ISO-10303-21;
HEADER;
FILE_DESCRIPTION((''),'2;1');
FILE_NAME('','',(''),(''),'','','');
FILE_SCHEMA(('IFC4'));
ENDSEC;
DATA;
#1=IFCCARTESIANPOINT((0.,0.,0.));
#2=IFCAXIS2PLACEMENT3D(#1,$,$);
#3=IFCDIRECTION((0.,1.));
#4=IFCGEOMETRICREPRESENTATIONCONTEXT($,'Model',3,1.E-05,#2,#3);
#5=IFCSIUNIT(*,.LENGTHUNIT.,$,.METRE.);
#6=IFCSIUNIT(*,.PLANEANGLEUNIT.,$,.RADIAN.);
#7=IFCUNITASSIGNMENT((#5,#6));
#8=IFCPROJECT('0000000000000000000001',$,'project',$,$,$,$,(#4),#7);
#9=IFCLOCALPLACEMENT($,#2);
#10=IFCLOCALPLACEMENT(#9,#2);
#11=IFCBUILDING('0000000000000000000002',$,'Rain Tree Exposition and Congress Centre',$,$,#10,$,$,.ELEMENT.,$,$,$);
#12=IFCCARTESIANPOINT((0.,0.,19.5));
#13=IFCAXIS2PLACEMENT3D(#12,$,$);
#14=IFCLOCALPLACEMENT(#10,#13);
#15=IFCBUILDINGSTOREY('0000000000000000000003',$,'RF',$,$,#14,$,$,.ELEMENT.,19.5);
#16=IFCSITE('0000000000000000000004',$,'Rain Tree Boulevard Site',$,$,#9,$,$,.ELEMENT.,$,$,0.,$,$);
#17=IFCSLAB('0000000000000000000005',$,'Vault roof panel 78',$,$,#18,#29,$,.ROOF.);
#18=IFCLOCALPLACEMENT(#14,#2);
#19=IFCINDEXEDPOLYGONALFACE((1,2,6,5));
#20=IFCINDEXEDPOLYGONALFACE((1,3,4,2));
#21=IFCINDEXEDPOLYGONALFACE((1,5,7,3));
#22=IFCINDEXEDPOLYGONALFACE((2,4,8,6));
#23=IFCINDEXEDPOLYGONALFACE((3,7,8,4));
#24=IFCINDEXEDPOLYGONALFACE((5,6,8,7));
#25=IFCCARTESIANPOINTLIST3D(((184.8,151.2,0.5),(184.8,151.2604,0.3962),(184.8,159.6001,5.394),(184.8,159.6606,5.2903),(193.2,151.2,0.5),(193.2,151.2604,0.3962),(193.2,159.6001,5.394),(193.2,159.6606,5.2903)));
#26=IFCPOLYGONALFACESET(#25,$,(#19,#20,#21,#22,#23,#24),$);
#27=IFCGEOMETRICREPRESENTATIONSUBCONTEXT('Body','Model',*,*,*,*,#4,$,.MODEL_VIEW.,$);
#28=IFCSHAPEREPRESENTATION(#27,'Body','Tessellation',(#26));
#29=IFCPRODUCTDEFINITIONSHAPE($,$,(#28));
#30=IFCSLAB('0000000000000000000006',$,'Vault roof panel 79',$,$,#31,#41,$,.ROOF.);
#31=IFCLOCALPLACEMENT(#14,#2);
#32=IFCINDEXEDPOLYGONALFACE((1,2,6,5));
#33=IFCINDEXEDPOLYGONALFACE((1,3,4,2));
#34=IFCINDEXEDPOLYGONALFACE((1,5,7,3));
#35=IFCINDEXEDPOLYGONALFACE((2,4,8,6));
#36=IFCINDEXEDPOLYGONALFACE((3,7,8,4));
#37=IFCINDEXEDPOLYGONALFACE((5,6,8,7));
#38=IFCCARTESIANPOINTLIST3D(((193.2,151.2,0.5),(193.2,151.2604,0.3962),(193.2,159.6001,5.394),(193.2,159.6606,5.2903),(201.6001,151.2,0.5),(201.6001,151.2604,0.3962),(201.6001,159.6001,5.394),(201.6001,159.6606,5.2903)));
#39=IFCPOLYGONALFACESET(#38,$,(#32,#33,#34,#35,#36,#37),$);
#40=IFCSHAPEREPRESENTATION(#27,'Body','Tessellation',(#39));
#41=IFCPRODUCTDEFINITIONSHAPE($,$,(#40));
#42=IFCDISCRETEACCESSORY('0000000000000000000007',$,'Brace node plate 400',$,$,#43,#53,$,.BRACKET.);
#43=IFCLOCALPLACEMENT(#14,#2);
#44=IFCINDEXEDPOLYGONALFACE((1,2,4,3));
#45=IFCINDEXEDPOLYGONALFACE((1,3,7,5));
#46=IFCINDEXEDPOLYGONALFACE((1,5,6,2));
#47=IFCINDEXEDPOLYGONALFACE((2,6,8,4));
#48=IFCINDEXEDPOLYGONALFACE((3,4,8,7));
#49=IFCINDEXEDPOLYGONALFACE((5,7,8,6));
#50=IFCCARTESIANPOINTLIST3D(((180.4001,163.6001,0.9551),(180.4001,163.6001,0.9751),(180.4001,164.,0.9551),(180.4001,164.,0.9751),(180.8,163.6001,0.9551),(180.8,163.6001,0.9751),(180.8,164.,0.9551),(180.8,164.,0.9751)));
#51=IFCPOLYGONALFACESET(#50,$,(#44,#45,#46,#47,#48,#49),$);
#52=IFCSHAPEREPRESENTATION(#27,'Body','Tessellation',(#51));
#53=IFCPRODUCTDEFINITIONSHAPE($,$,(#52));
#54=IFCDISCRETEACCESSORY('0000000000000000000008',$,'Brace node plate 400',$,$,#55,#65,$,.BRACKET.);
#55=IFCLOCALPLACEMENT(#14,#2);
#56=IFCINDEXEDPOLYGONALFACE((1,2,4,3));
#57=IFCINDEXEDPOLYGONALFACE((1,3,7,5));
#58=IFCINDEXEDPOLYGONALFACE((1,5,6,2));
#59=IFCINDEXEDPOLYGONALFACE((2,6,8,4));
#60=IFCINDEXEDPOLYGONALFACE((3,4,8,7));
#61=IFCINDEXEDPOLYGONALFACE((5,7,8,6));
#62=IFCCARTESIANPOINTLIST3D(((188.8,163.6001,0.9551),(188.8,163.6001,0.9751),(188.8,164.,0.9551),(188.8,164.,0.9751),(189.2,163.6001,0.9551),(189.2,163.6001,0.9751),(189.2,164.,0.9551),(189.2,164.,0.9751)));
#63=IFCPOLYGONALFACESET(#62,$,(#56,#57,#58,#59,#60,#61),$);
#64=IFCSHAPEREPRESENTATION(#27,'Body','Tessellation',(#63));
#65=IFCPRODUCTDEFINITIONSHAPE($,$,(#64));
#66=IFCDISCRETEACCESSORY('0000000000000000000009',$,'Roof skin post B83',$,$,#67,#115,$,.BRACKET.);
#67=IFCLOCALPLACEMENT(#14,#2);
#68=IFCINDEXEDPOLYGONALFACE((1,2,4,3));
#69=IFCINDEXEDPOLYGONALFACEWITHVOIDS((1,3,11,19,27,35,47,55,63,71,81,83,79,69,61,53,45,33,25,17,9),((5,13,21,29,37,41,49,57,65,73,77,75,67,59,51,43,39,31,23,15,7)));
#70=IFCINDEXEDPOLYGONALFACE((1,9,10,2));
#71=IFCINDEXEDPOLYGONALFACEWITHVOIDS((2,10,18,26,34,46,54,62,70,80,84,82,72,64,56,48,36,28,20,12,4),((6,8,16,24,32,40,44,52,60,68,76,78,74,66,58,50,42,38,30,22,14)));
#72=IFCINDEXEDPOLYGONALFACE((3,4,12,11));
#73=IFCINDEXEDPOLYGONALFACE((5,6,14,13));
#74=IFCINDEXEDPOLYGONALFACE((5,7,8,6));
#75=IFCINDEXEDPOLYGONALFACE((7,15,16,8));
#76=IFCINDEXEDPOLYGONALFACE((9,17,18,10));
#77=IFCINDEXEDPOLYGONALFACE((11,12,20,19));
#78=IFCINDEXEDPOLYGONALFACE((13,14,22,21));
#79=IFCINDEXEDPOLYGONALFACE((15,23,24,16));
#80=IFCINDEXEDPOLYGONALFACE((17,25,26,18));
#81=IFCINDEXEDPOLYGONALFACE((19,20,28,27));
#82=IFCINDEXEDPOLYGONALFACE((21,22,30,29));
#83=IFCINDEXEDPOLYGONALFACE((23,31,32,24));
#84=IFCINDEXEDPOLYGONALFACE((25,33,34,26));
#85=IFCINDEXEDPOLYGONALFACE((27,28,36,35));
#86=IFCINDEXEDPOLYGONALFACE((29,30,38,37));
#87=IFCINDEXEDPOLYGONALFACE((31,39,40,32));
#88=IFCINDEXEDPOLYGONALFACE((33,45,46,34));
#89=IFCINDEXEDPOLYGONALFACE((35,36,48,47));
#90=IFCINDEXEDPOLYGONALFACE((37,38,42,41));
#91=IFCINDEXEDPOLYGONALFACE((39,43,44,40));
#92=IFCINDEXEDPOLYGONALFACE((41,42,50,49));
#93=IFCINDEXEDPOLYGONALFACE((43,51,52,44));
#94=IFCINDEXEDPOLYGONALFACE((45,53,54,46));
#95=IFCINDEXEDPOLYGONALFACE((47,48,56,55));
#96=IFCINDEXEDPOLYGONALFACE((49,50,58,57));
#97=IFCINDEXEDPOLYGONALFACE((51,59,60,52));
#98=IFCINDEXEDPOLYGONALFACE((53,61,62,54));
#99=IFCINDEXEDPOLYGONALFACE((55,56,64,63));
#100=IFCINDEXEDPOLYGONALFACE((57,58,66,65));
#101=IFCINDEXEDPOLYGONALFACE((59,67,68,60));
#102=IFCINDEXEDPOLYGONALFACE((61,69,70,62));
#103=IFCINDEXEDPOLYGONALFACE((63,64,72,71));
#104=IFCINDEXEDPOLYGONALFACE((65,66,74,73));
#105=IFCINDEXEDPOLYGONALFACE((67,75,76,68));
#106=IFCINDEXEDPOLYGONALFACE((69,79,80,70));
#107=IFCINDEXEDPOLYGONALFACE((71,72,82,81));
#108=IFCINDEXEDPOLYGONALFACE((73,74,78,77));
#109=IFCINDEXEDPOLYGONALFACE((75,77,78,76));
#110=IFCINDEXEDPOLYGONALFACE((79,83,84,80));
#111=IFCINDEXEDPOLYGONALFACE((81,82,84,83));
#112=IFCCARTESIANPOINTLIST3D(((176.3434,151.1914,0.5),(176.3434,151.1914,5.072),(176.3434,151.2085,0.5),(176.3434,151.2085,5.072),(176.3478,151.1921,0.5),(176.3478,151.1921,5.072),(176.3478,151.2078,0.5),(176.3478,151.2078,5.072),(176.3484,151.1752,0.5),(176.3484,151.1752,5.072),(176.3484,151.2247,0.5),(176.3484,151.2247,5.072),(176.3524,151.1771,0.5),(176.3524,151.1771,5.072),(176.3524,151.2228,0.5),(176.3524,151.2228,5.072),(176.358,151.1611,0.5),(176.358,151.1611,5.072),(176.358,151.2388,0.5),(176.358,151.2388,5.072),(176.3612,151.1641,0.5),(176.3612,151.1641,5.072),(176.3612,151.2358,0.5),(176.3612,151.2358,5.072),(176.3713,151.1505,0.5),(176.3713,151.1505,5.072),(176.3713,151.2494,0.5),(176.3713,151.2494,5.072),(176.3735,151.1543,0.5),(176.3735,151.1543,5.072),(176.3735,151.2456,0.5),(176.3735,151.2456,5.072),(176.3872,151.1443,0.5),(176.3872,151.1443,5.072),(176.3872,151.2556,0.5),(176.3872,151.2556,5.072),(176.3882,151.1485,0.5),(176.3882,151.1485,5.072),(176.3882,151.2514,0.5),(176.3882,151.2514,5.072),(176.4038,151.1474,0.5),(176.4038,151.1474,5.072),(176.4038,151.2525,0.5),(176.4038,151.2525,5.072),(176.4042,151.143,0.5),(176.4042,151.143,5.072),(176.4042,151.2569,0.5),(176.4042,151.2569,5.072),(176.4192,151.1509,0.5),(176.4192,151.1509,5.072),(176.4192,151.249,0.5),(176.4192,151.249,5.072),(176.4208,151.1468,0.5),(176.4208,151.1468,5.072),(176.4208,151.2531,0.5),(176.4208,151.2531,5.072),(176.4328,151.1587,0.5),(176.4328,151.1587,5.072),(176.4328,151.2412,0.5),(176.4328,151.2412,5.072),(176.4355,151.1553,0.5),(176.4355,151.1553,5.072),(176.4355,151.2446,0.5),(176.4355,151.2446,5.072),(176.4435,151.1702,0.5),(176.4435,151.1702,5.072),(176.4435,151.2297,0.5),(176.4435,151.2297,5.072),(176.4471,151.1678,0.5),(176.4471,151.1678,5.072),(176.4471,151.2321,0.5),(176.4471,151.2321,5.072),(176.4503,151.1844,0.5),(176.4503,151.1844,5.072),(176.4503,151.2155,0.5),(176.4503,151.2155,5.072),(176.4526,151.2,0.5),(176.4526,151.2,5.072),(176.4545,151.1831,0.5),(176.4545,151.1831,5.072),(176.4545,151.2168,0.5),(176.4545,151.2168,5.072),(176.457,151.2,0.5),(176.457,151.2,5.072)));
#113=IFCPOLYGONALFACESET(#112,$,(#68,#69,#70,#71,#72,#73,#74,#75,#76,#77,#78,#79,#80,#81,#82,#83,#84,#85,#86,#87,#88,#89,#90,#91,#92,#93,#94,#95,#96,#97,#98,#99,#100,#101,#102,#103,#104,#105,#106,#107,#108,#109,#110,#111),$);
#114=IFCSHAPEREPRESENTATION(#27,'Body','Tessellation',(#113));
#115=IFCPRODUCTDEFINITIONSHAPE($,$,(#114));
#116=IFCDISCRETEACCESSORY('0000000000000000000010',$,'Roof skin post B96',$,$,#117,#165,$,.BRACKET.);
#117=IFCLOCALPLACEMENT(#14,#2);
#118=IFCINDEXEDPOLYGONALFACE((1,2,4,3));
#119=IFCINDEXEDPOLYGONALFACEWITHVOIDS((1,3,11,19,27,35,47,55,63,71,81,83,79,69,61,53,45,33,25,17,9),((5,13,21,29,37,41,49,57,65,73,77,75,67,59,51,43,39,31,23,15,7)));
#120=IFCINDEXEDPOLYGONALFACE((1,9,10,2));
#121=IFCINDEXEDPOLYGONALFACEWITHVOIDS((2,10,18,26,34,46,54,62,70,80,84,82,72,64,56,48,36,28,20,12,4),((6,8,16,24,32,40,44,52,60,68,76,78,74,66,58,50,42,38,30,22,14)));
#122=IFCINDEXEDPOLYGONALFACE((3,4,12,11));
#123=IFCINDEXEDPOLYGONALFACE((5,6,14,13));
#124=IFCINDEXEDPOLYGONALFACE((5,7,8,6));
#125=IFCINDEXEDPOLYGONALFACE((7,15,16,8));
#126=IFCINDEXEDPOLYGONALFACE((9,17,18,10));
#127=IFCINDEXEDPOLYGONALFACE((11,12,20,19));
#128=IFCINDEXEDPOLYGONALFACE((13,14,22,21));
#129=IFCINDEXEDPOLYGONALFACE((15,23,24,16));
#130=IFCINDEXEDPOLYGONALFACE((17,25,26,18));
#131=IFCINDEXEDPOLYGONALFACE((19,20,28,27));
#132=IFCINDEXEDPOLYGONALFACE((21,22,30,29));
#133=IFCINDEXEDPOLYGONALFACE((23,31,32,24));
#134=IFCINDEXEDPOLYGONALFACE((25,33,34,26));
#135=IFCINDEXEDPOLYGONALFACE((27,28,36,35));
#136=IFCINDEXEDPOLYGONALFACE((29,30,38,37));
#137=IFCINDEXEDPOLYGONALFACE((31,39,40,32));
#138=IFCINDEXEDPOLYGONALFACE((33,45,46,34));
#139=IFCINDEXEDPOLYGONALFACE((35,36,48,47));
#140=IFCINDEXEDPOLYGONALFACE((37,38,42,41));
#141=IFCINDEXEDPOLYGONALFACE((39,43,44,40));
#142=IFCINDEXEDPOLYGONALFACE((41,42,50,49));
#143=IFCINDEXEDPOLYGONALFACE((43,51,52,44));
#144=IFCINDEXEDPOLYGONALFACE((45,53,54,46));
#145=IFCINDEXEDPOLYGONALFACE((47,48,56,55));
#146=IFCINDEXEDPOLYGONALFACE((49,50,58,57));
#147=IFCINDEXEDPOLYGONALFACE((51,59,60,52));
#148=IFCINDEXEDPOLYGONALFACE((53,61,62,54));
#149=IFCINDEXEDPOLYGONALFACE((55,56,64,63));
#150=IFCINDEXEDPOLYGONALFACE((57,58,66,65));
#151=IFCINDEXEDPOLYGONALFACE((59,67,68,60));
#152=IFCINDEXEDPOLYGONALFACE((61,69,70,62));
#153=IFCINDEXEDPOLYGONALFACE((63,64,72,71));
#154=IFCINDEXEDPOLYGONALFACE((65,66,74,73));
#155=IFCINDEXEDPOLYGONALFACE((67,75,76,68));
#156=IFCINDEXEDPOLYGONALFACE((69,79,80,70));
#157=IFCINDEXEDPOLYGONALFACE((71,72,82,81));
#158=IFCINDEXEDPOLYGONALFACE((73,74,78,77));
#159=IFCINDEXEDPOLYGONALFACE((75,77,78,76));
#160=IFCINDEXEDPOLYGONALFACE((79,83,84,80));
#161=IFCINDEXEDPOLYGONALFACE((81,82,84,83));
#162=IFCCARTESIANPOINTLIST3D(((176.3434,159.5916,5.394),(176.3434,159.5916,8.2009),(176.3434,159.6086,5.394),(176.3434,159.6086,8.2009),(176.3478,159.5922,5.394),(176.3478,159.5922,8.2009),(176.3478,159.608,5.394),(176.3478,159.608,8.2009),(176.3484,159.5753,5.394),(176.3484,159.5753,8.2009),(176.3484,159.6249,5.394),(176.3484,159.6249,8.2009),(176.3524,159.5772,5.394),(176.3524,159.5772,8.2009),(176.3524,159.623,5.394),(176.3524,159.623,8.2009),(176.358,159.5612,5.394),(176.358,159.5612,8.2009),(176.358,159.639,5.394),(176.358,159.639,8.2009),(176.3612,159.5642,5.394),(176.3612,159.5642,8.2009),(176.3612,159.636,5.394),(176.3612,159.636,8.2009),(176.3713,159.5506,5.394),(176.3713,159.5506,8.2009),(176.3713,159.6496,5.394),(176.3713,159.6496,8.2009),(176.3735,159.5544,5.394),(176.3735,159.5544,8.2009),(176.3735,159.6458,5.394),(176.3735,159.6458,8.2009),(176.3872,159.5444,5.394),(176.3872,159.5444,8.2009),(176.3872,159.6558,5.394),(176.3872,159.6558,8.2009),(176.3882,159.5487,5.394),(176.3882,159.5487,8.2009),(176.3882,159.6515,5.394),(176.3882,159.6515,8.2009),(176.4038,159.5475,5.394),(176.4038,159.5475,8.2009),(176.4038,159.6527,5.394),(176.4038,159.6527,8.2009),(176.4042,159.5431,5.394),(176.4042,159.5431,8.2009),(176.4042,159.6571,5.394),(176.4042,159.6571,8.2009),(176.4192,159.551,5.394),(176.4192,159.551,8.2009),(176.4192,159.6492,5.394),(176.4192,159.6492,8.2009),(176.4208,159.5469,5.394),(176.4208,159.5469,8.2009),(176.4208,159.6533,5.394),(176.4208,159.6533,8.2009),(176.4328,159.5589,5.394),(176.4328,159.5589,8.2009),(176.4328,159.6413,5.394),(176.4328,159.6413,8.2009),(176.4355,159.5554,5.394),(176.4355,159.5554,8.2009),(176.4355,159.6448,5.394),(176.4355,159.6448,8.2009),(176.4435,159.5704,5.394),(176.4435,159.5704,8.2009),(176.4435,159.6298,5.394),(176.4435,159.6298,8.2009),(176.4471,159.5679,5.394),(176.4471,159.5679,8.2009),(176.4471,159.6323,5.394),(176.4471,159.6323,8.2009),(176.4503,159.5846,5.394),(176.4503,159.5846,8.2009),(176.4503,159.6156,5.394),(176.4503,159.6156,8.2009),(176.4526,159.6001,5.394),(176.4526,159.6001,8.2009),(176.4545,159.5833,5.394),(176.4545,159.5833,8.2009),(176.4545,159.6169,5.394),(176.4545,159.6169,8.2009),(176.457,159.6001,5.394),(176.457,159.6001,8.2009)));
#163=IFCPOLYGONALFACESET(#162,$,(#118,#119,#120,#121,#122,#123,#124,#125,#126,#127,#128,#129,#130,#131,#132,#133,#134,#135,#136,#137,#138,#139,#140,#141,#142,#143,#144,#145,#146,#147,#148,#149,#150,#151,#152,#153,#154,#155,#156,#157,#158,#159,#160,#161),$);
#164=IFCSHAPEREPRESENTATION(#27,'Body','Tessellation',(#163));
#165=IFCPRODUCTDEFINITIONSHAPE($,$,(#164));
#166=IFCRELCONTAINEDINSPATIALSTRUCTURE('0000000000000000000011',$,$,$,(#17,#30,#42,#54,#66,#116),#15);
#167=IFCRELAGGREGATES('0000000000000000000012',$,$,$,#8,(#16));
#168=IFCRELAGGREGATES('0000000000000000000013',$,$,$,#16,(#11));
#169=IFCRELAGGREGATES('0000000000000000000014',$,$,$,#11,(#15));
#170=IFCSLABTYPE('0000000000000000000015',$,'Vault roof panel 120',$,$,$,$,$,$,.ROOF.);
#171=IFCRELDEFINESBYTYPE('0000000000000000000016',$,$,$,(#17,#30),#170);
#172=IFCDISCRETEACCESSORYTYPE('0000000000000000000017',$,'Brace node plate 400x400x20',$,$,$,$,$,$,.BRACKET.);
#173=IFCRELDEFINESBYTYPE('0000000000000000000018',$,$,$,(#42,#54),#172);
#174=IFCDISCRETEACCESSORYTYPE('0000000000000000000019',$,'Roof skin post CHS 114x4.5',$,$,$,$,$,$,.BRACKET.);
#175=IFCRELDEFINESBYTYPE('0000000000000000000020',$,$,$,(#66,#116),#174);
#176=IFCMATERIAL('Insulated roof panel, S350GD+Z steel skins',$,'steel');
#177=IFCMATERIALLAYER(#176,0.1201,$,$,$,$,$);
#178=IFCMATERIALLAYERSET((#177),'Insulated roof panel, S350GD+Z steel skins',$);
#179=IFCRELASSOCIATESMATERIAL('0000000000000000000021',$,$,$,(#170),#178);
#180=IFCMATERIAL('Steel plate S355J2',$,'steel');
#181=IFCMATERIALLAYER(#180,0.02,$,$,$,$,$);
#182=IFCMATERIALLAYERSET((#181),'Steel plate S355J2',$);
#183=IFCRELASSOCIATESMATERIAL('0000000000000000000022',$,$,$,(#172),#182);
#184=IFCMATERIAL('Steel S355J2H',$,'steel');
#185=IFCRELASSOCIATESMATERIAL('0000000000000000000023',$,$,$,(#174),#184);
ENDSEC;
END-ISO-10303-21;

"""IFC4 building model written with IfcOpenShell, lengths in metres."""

from ifc_helpers import new_model, si_unit, direction, frame, origin, origin_2d, place, context, subcontext, project, spatial, polyline, rectangle, hollow_circle, outline, extrude, material, layer, layer_set, material_profile, profile_set, type_object, element, save


model = new_model("IFC4")

# Units and contexts
model_context = context("Model", 3, precision=1e-05, world=origin(), true_north=direction((0.0, 1.0)))
body_context = subcontext(model_context, "Body", "Model", "MODEL_VIEW")
ifc_project = project(units=[si_unit("LENGTHUNIT", "METRE"), si_unit("PLANEANGLEUNIT", "RADIAN")], contexts=[model_context])

# Site, building, storey
site_placement = place(None, origin())
site = spatial("IfcSite", under=ifc_project, at=site_placement, Name="Rain Tree Boulevard Site", CompositionType="ELEMENT", RefElevation=0.0)
building_placement = place(site_placement, origin())
building = spatial("IfcBuilding", under=site, at=building_placement, Name="Rain Tree Exposition and Congress Centre", CompositionType="ELEMENT")
storey_placement = place(building_placement, frame((0.0, 0.0, 19.5)))
storey = spatial("IfcBuildingStorey", under=building, at=storey_placement, Name="RF", CompositionType="ELEMENT", Elevation=19.5)

# Slabs
ifc_material_1 = material(Name="Insulated roof panel, S350GD+Z steel skins", Category="steel")
ifc_layer_1 = layer(ifc_material_1, 0.1201)
ifc_layer_set_1 = layer_set([ifc_layer_1], Name="Insulated roof panel, S350GD+Z steel skins")
slab_type = type_object("IfcSlabType", Name="Vault roof panel 120", PredefinedType="ROOF", material=ifc_layer_set_1)
slab_1_placement = place(storey_placement, frame((184.8, 151.2, 0.5), z_axis=(0.0, -0.503407, 0.864049), x_axis=(1.0, 0.0, 0.0)))
element("IfcSlab", 1, at=slab_1_placement, inside=storey, type_object=slab_type, Name="Vault roof panel 78", PredefinedType="ROOF", context=body_context, shape_type="SweptSolid", body=[
    extrude(outline(polyline([(0.0, 0.0), (8.3999, 0.0), (8.3999, 9.7218), (0.0, 9.7218), (0.0, 0.0)])), origin(), (0.0, 0.0, -1.0), 0.1201),
])
slab_2_placement = place(storey_placement, frame((193.2, 151.2, 0.5), z_axis=(0.0, -0.503407, 0.864049), x_axis=(1.0, 0.0, 0.0)))
element("IfcSlab", 2, at=slab_2_placement, inside=storey, type_object=slab_type, Name="Vault roof panel 79", PredefinedType="ROOF", context=body_context, shape_type="SweptSolid", body=[
    extrude(outline(polyline([(0.0, 0.0), (8.4001, 0.0), (8.4001, 9.7218), (0.0, 9.7218), (0.0, 0.0)])), origin(), (0.0, 0.0, -1.0), 0.1201),
])

# Discrete accessories
ifc_material_2 = material(Name="Steel plate S355J2", Category="steel")
ifc_layer_2 = layer(ifc_material_2, 0.02)
ifc_layer_set_2 = layer_set([ifc_layer_2], Name="Steel plate S355J2")
discrete_accessory_type_1 = type_object("IfcDiscreteAccessoryType", Name="Brace node plate 400x400x20", PredefinedType="BRACKET", material=ifc_layer_set_2)
for number, where, z_axis, x_axis, name in (
    (3, (180.6001, 163.8, 0.9551), (0.0, 0.0, 1.0), (1.0, 0.0, 0.0), "Brace node plate 400"),
    (4, (189.0, 163.8, 0.9551), (0.0, 0.0, 1.0), (1.0, 0.0, 0.0), "Brace node plate 400"),
):
    element("IfcDiscreteAccessory", number, at=place(storey_placement, frame(where, z_axis=z_axis, x_axis=x_axis)), inside=storey, type_object=discrete_accessory_type_1, Name=name, PredefinedType="BRACKET", context=body_context, shape_type="SweptSolid", body=[
        extrude(rectangle(XDim=0.3999, YDim=0.3999, at=origin_2d()), origin(), (0.0, 0.0, 1.0), 0.02),
    ])
ifc_material_3 = material(Name="Steel S355J2H", Category="steel")
ifc_material_profile_1 = material_profile(ifc_material_3, hollow_circle(Radius=0.0571, WallThickness=0.0044, at=origin_2d()), Name="CHS 114x4.5")
ifc_profile_set_1 = profile_set([ifc_material_profile_1], Name="Steel S355J2H")
discrete_accessory_type_2 = type_object("IfcDiscreteAccessoryType", Name="Roof skin post CHS 114x4.5", PredefinedType="BRACKET", material=ifc_profile_set_1)
discrete_accessory_1_placement = place(storey_placement, frame((176.3999, 151.2, 0.5), z_axis=(0.0, 0.0, 1.0), x_axis=(1.0, 0.0, 0.0)))
element("IfcDiscreteAccessory", 5, at=discrete_accessory_1_placement, inside=storey, type_object=discrete_accessory_type_2, Name="Roof skin post B83", PredefinedType="BRACKET", context=body_context, shape_type="SweptSolid", body=[
    extrude(hollow_circle(Radius=0.0571, WallThickness=0.0044, at=origin_2d()), origin(), (0.0, 0.0, 1.0), 4.572),
])
discrete_accessory_2_placement = place(storey_placement, frame((176.3999, 159.6001, 5.394), z_axis=(0.0, 0.0, 1.0), x_axis=(1.0, 0.0, 0.0)))
element("IfcDiscreteAccessory", 6, at=discrete_accessory_2_placement, inside=storey, type_object=discrete_accessory_type_2, Name="Roof skin post B96", PredefinedType="BRACKET", context=body_context, shape_type="SweptSolid", body=[
    extrude(hollow_circle(Radius=0.0571, WallThickness=0.0044, at=origin_2d()), origin(), (0.0, 0.0, 1.0), 2.8069),
])

save(model, "model.ifc")
